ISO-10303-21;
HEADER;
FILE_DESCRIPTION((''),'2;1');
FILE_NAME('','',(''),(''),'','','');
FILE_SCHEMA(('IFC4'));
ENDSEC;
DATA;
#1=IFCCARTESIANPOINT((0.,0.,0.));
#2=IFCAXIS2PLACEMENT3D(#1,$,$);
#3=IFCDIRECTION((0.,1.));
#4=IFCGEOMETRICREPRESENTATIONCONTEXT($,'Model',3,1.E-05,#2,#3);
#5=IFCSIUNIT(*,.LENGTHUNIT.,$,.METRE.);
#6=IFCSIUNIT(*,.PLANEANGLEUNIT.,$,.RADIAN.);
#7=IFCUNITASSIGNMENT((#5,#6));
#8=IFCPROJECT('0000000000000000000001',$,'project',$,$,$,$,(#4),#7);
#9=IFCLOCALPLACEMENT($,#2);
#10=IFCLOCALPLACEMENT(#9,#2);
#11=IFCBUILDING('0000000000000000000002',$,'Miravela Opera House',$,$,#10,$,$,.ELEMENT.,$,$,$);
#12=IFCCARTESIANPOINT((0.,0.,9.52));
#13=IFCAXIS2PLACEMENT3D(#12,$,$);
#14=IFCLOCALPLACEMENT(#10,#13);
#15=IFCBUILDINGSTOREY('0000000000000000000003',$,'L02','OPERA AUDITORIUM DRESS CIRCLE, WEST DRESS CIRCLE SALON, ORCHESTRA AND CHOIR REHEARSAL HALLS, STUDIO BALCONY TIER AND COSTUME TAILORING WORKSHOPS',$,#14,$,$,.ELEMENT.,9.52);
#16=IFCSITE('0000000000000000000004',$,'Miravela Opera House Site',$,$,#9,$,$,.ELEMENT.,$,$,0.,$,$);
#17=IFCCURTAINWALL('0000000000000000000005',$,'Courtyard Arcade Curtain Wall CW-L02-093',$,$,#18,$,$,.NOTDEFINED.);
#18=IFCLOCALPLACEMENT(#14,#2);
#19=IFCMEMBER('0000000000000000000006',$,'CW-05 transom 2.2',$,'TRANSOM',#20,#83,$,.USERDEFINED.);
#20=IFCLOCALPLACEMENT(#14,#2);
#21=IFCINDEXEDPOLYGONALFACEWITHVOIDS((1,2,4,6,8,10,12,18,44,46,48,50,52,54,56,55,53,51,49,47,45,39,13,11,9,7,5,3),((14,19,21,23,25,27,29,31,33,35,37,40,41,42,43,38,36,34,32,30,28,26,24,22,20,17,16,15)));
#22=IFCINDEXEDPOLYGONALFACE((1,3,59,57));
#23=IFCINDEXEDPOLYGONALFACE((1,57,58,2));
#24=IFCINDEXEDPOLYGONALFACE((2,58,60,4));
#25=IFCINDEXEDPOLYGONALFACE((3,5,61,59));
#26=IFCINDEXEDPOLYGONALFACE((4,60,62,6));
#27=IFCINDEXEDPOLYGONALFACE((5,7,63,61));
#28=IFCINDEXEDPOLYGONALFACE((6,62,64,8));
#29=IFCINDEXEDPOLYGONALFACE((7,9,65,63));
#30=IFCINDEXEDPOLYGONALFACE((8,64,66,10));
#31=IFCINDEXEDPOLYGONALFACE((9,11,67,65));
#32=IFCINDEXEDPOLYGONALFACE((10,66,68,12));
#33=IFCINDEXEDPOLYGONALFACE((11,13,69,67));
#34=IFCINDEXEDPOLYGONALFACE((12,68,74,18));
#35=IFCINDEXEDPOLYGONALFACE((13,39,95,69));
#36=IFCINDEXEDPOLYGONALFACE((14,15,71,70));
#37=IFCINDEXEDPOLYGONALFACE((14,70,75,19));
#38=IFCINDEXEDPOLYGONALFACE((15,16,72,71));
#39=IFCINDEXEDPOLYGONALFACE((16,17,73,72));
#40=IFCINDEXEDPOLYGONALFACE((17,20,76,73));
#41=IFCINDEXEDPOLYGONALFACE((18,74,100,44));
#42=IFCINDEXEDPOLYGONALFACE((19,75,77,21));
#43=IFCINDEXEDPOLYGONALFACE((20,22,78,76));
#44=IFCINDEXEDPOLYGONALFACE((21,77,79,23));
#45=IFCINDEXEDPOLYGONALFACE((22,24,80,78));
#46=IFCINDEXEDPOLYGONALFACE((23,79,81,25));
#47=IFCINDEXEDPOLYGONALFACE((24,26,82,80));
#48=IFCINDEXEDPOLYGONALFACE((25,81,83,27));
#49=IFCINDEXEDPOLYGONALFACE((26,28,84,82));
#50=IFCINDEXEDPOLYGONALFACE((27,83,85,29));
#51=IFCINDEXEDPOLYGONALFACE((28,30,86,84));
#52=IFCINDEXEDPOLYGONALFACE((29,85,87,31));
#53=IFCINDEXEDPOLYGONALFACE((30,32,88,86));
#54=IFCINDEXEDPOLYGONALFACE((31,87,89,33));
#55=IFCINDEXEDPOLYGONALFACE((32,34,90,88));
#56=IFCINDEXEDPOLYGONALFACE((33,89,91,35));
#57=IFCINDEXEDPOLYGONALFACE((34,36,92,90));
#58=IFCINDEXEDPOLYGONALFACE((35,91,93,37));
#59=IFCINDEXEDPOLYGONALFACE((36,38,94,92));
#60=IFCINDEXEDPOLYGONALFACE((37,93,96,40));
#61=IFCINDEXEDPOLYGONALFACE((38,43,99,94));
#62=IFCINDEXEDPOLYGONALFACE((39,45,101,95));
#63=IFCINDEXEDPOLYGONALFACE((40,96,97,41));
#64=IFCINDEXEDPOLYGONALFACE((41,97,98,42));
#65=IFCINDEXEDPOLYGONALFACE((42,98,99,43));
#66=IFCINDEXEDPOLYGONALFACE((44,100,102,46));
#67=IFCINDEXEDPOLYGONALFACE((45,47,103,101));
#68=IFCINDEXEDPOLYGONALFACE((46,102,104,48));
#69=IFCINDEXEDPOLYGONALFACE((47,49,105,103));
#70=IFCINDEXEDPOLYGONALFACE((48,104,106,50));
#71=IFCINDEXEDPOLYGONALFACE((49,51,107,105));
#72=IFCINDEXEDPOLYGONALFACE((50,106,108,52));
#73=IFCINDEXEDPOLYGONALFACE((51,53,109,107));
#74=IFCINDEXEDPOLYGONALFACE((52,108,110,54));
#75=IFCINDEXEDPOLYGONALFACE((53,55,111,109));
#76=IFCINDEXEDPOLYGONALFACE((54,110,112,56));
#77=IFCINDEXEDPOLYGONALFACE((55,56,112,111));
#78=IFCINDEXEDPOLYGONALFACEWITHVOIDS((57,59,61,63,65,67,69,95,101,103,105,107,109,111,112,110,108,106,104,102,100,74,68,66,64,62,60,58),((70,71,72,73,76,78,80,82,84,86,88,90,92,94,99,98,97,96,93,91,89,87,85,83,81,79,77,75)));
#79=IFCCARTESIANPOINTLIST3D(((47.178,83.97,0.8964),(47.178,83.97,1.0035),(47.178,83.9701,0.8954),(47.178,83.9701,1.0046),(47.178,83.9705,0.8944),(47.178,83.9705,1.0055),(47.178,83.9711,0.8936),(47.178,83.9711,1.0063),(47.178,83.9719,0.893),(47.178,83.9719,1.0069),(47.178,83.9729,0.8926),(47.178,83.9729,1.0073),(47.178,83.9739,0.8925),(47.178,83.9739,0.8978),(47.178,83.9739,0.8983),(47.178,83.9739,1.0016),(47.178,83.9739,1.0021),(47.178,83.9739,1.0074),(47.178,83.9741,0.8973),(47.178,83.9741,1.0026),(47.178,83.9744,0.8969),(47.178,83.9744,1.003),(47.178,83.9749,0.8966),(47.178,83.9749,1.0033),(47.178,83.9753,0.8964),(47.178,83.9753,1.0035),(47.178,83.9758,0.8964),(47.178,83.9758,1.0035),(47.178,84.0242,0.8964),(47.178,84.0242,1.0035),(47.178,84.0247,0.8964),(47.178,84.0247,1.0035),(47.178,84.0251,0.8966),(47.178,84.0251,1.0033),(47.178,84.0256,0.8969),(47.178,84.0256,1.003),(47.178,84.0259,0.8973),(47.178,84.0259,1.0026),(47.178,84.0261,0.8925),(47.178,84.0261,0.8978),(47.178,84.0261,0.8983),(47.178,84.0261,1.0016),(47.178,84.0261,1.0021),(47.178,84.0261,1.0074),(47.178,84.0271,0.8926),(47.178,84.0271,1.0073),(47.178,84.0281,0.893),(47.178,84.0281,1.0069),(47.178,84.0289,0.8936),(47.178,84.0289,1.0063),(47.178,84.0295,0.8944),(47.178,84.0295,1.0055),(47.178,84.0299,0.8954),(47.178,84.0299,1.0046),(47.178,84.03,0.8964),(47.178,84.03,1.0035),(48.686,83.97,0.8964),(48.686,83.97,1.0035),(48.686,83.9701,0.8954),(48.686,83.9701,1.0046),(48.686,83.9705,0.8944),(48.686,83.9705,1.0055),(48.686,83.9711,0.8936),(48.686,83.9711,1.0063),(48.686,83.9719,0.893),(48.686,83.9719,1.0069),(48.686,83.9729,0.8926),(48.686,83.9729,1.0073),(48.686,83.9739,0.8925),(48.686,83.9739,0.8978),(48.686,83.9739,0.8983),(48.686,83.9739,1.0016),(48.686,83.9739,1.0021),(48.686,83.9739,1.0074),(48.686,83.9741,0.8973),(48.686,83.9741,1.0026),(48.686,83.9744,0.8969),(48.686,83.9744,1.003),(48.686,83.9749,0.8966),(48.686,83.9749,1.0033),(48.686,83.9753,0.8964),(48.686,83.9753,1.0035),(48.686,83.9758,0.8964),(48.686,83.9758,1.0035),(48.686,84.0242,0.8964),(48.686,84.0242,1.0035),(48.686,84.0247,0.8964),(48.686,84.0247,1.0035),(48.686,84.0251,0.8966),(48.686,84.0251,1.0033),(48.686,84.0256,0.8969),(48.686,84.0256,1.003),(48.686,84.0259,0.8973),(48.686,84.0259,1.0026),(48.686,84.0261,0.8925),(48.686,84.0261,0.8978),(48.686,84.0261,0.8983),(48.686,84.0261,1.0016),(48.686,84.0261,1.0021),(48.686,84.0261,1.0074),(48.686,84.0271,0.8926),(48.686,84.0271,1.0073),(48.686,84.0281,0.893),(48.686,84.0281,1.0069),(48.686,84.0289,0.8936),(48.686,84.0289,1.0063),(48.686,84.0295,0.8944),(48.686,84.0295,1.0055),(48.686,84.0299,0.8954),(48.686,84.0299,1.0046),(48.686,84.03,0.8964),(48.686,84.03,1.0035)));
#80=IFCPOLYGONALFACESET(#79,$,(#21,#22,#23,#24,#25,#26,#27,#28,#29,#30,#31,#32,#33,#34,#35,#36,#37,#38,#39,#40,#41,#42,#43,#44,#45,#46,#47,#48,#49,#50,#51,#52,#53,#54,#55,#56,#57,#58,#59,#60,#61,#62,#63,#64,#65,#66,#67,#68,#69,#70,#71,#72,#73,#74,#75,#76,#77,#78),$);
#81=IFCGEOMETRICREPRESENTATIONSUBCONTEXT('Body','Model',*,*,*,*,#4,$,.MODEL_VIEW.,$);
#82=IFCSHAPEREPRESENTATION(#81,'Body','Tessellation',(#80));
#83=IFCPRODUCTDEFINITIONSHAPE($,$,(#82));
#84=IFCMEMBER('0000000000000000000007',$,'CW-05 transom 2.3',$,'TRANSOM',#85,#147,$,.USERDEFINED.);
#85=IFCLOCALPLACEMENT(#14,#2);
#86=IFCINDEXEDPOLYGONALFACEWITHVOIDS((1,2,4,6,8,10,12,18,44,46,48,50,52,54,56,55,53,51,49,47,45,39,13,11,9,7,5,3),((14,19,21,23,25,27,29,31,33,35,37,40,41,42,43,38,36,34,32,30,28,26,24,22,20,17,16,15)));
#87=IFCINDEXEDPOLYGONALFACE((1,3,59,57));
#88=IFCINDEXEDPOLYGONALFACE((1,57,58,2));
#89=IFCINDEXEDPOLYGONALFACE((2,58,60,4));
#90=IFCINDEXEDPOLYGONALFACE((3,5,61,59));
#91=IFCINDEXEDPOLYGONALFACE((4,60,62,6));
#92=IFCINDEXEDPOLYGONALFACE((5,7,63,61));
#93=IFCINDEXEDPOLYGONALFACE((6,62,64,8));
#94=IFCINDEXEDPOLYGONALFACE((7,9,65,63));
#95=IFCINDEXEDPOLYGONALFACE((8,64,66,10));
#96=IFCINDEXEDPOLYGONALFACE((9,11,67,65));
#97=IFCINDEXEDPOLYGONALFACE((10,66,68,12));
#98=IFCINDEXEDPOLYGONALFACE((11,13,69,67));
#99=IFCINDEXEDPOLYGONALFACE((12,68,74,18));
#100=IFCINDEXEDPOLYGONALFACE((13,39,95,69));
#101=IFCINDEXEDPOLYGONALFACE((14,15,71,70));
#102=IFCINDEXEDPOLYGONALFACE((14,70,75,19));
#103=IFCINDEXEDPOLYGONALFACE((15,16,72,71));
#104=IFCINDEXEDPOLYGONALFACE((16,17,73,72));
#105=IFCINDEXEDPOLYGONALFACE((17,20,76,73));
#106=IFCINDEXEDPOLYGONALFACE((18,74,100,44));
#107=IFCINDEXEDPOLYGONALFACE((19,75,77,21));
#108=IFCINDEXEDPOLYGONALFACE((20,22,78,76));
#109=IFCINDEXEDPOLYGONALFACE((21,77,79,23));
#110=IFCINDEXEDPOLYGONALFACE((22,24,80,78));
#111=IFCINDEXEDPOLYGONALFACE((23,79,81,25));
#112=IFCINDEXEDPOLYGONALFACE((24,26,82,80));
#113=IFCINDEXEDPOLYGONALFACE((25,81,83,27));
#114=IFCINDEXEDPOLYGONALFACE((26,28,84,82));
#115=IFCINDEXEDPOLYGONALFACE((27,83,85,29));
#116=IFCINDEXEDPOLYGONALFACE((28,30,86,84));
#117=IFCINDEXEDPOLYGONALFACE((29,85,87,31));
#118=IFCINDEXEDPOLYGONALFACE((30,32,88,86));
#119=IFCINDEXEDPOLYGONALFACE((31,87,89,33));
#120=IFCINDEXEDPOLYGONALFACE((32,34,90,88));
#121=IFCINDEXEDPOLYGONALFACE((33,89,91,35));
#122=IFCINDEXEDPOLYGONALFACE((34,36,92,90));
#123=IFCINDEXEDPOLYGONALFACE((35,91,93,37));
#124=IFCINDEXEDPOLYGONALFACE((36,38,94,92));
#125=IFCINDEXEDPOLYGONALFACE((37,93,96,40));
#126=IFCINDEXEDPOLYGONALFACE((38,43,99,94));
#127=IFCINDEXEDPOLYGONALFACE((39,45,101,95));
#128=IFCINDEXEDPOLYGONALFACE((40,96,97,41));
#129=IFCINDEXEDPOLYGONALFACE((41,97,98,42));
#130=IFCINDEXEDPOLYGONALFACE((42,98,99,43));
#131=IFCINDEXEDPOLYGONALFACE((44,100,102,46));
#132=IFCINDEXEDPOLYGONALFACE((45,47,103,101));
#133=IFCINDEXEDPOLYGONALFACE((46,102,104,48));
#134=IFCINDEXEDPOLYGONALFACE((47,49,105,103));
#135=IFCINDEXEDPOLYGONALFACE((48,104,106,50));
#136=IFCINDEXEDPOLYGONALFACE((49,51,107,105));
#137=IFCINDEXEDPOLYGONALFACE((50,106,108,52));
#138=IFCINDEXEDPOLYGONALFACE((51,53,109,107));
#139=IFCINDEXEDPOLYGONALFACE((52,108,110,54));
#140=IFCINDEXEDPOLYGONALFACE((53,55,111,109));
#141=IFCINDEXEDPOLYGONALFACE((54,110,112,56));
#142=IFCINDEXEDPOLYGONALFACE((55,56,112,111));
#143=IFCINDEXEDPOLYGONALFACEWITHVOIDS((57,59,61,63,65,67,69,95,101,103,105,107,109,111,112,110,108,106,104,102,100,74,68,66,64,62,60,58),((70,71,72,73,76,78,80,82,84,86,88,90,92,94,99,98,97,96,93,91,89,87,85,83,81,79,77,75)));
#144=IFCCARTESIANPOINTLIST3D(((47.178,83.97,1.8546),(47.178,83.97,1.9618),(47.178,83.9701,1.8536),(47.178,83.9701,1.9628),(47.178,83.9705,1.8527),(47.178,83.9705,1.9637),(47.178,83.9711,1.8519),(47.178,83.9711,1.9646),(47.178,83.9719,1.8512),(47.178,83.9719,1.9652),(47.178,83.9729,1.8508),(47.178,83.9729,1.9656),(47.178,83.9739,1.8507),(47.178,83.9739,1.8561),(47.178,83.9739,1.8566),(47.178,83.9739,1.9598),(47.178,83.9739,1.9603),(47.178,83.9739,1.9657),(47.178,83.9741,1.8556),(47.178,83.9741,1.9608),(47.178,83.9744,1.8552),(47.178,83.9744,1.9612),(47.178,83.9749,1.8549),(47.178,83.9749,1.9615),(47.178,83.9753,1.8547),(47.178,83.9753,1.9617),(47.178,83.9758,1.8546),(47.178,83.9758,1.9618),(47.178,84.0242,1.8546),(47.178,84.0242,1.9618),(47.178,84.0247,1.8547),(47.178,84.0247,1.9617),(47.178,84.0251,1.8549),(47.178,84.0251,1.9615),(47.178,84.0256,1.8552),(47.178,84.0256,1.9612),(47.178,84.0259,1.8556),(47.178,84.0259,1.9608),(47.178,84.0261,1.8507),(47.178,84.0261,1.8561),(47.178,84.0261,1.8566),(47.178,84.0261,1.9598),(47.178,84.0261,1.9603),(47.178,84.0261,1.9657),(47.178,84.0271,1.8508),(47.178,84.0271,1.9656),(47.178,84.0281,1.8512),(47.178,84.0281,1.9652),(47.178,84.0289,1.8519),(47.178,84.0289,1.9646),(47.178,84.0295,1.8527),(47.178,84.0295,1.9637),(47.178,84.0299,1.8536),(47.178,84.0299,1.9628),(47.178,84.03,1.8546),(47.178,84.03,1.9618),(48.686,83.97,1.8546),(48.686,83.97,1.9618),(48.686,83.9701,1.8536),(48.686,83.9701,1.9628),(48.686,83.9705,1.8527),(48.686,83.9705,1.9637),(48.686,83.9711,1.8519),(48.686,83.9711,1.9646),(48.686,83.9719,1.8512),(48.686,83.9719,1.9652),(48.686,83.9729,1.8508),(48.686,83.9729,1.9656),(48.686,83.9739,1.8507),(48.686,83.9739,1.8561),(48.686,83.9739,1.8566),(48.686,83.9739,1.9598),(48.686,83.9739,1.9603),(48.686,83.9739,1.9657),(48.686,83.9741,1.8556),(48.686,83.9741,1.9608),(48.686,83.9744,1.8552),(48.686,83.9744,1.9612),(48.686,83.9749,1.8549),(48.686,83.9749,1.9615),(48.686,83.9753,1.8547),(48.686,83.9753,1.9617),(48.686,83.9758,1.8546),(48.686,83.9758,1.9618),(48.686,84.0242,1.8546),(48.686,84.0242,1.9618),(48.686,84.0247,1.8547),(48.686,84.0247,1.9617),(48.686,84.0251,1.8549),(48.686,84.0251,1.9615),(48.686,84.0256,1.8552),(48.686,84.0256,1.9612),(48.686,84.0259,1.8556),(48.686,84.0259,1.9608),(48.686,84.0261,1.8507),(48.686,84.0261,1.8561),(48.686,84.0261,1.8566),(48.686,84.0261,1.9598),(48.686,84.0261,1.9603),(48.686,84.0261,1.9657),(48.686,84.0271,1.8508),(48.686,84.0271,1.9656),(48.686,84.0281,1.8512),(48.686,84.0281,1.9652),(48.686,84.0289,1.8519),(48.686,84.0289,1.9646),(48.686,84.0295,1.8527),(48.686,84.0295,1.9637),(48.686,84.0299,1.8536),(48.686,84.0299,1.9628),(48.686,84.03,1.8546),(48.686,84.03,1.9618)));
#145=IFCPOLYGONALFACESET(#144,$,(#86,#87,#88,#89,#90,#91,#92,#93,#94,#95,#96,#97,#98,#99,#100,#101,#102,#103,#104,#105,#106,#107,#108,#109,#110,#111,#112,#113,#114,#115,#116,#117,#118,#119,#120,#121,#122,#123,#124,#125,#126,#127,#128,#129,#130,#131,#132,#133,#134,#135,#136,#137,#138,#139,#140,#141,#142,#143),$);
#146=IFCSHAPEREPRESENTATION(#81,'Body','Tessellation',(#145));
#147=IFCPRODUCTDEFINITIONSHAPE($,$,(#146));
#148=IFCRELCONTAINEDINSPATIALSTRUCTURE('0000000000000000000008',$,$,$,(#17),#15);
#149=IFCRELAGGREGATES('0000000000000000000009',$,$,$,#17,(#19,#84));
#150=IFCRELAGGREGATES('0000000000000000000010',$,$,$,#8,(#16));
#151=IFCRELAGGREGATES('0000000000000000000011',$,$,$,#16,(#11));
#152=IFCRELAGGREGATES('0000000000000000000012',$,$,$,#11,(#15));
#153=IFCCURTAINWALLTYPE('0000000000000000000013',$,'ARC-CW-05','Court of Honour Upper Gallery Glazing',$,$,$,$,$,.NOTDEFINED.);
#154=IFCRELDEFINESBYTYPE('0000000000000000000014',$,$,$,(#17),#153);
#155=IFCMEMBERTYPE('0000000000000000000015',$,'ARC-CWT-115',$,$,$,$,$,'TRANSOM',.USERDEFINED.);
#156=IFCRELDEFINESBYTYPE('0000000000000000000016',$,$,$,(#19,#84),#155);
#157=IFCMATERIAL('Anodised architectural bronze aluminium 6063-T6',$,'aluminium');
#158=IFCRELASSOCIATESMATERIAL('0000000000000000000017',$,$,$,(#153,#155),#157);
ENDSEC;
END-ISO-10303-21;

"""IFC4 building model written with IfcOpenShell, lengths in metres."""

from ifc_helpers import new_model, si_unit, direction, frame, origin, origin_2d, place, context, subcontext, project, spatial, hollow_rectangle, extrude, material, material_profile, profile_set, type_object, element, aggregate, save


model = new_model("IFC4")

# Units and contexts
model_context = context("Model", 3, precision=1e-05, world=origin(), true_north=direction((0.0, 1.0)))
body_context = subcontext(model_context, "Body", "Model", "MODEL_VIEW")
ifc_project = project(units=[si_unit("LENGTHUNIT", "METRE"), si_unit("PLANEANGLEUNIT", "RADIAN")], contexts=[model_context])

# Site, building, storey
site_placement = place(None, origin())
site = spatial("IfcSite", under=ifc_project, at=site_placement, Name="Miravela Opera House Site", CompositionType="ELEMENT", RefElevation=0.0)
building_placement = place(site_placement, origin())
building = spatial("IfcBuilding", under=site, at=building_placement, Name="Miravela Opera House", CompositionType="ELEMENT")
storey_placement = place(building_placement, frame((0.0, 0.0, 9.52)))
storey = spatial("IfcBuildingStorey", under=building, at=storey_placement, Name="L02", Description="OPERA AUDITORIUM DRESS CIRCLE, WEST DRESS CIRCLE SALON, ORCHESTRA AND CHOIR REHEARSAL HALLS, STUDIO BALCONY TIER AND COSTUME TAILORING WORKSHOPS", CompositionType="ELEMENT", Elevation=9.52)

# Shared definitions
ifc_material_1 = material(Name="Anodised architectural bronze aluminium 6063-T6", Category="aluminium")
curtain_wall_type = type_object("IfcCurtainWallType", Name="ARC-CW-05", Description="Court of Honour Upper Gallery Glazing", PredefinedType="NOTDEFINED", material=ifc_material_1)

# Curtain wall, members
curtain_wall_1_placement = place(storey_placement, origin())
curtain_wall_1 = element("IfcCurtainWall", 1, at=curtain_wall_1_placement, inside=storey, type_object=curtain_wall_type, Name="Courtyard Arcade Curtain Wall CW-L02-093", PredefinedType="NOTDEFINED")
ifc_material_profile_1 = material_profile(ifc_material_1, hollow_rectangle(XDim=0.0601, YDim=0.115, WallThickness=0.0039, InnerFilletRadius=0.002, OuterFilletRadius=0.0039, at=origin_2d()), Name="CWT-60X115")
ifc_profile_set_1 = profile_set([ifc_material_profile_1])
member_type_1 = type_object("IfcMemberType", Name="ARC-CWT-115", ElementType="TRANSOM", PredefinedType="USERDEFINED", material=ifc_profile_set_1)
member_1_placement = place(storey_placement, frame((47.178, 84.0, 0.95), z_axis=(1.0, 0.0, 0.0), x_axis=(0.0, 1.0, 0.0)))
member_1 = element("IfcMember", 2, at=member_1_placement, type_object=member_type_1, Name="CW-05 transom 2.2", ObjectType="TRANSOM", PredefinedType="USERDEFINED", context=body_context, shape_type="SweptSolid", body=[
    extrude(hollow_rectangle(XDim=0.0601, YDim=0.115, WallThickness=0.0039, InnerFilletRadius=0.002, OuterFilletRadius=0.0039, at=origin_2d()), origin(), (0.0, 0.0, 1.0), 1.5081),
])
member_2_placement = place(storey_placement, frame((47.178, 84.0, 1.9082), z_axis=(1.0, 0.0, 0.0), x_axis=(0.0, 1.0, 0.0)))
member_2 = element("IfcMember", 3, at=member_2_placement, type_object=member_type_1, Name="CW-05 transom 2.3", ObjectType="TRANSOM", PredefinedType="USERDEFINED", context=body_context, shape_type="SweptSolid", body=[
    extrude(hollow_rectangle(XDim=0.0601, YDim=0.115, WallThickness=0.0039, InnerFilletRadius=0.002, OuterFilletRadius=0.0039, at=origin_2d()), origin(), (0.0, 0.0, 1.0), 1.5081),
])

aggregate(curtain_wall_1, [member_1, member_2])

save(model, "model.ifc")
